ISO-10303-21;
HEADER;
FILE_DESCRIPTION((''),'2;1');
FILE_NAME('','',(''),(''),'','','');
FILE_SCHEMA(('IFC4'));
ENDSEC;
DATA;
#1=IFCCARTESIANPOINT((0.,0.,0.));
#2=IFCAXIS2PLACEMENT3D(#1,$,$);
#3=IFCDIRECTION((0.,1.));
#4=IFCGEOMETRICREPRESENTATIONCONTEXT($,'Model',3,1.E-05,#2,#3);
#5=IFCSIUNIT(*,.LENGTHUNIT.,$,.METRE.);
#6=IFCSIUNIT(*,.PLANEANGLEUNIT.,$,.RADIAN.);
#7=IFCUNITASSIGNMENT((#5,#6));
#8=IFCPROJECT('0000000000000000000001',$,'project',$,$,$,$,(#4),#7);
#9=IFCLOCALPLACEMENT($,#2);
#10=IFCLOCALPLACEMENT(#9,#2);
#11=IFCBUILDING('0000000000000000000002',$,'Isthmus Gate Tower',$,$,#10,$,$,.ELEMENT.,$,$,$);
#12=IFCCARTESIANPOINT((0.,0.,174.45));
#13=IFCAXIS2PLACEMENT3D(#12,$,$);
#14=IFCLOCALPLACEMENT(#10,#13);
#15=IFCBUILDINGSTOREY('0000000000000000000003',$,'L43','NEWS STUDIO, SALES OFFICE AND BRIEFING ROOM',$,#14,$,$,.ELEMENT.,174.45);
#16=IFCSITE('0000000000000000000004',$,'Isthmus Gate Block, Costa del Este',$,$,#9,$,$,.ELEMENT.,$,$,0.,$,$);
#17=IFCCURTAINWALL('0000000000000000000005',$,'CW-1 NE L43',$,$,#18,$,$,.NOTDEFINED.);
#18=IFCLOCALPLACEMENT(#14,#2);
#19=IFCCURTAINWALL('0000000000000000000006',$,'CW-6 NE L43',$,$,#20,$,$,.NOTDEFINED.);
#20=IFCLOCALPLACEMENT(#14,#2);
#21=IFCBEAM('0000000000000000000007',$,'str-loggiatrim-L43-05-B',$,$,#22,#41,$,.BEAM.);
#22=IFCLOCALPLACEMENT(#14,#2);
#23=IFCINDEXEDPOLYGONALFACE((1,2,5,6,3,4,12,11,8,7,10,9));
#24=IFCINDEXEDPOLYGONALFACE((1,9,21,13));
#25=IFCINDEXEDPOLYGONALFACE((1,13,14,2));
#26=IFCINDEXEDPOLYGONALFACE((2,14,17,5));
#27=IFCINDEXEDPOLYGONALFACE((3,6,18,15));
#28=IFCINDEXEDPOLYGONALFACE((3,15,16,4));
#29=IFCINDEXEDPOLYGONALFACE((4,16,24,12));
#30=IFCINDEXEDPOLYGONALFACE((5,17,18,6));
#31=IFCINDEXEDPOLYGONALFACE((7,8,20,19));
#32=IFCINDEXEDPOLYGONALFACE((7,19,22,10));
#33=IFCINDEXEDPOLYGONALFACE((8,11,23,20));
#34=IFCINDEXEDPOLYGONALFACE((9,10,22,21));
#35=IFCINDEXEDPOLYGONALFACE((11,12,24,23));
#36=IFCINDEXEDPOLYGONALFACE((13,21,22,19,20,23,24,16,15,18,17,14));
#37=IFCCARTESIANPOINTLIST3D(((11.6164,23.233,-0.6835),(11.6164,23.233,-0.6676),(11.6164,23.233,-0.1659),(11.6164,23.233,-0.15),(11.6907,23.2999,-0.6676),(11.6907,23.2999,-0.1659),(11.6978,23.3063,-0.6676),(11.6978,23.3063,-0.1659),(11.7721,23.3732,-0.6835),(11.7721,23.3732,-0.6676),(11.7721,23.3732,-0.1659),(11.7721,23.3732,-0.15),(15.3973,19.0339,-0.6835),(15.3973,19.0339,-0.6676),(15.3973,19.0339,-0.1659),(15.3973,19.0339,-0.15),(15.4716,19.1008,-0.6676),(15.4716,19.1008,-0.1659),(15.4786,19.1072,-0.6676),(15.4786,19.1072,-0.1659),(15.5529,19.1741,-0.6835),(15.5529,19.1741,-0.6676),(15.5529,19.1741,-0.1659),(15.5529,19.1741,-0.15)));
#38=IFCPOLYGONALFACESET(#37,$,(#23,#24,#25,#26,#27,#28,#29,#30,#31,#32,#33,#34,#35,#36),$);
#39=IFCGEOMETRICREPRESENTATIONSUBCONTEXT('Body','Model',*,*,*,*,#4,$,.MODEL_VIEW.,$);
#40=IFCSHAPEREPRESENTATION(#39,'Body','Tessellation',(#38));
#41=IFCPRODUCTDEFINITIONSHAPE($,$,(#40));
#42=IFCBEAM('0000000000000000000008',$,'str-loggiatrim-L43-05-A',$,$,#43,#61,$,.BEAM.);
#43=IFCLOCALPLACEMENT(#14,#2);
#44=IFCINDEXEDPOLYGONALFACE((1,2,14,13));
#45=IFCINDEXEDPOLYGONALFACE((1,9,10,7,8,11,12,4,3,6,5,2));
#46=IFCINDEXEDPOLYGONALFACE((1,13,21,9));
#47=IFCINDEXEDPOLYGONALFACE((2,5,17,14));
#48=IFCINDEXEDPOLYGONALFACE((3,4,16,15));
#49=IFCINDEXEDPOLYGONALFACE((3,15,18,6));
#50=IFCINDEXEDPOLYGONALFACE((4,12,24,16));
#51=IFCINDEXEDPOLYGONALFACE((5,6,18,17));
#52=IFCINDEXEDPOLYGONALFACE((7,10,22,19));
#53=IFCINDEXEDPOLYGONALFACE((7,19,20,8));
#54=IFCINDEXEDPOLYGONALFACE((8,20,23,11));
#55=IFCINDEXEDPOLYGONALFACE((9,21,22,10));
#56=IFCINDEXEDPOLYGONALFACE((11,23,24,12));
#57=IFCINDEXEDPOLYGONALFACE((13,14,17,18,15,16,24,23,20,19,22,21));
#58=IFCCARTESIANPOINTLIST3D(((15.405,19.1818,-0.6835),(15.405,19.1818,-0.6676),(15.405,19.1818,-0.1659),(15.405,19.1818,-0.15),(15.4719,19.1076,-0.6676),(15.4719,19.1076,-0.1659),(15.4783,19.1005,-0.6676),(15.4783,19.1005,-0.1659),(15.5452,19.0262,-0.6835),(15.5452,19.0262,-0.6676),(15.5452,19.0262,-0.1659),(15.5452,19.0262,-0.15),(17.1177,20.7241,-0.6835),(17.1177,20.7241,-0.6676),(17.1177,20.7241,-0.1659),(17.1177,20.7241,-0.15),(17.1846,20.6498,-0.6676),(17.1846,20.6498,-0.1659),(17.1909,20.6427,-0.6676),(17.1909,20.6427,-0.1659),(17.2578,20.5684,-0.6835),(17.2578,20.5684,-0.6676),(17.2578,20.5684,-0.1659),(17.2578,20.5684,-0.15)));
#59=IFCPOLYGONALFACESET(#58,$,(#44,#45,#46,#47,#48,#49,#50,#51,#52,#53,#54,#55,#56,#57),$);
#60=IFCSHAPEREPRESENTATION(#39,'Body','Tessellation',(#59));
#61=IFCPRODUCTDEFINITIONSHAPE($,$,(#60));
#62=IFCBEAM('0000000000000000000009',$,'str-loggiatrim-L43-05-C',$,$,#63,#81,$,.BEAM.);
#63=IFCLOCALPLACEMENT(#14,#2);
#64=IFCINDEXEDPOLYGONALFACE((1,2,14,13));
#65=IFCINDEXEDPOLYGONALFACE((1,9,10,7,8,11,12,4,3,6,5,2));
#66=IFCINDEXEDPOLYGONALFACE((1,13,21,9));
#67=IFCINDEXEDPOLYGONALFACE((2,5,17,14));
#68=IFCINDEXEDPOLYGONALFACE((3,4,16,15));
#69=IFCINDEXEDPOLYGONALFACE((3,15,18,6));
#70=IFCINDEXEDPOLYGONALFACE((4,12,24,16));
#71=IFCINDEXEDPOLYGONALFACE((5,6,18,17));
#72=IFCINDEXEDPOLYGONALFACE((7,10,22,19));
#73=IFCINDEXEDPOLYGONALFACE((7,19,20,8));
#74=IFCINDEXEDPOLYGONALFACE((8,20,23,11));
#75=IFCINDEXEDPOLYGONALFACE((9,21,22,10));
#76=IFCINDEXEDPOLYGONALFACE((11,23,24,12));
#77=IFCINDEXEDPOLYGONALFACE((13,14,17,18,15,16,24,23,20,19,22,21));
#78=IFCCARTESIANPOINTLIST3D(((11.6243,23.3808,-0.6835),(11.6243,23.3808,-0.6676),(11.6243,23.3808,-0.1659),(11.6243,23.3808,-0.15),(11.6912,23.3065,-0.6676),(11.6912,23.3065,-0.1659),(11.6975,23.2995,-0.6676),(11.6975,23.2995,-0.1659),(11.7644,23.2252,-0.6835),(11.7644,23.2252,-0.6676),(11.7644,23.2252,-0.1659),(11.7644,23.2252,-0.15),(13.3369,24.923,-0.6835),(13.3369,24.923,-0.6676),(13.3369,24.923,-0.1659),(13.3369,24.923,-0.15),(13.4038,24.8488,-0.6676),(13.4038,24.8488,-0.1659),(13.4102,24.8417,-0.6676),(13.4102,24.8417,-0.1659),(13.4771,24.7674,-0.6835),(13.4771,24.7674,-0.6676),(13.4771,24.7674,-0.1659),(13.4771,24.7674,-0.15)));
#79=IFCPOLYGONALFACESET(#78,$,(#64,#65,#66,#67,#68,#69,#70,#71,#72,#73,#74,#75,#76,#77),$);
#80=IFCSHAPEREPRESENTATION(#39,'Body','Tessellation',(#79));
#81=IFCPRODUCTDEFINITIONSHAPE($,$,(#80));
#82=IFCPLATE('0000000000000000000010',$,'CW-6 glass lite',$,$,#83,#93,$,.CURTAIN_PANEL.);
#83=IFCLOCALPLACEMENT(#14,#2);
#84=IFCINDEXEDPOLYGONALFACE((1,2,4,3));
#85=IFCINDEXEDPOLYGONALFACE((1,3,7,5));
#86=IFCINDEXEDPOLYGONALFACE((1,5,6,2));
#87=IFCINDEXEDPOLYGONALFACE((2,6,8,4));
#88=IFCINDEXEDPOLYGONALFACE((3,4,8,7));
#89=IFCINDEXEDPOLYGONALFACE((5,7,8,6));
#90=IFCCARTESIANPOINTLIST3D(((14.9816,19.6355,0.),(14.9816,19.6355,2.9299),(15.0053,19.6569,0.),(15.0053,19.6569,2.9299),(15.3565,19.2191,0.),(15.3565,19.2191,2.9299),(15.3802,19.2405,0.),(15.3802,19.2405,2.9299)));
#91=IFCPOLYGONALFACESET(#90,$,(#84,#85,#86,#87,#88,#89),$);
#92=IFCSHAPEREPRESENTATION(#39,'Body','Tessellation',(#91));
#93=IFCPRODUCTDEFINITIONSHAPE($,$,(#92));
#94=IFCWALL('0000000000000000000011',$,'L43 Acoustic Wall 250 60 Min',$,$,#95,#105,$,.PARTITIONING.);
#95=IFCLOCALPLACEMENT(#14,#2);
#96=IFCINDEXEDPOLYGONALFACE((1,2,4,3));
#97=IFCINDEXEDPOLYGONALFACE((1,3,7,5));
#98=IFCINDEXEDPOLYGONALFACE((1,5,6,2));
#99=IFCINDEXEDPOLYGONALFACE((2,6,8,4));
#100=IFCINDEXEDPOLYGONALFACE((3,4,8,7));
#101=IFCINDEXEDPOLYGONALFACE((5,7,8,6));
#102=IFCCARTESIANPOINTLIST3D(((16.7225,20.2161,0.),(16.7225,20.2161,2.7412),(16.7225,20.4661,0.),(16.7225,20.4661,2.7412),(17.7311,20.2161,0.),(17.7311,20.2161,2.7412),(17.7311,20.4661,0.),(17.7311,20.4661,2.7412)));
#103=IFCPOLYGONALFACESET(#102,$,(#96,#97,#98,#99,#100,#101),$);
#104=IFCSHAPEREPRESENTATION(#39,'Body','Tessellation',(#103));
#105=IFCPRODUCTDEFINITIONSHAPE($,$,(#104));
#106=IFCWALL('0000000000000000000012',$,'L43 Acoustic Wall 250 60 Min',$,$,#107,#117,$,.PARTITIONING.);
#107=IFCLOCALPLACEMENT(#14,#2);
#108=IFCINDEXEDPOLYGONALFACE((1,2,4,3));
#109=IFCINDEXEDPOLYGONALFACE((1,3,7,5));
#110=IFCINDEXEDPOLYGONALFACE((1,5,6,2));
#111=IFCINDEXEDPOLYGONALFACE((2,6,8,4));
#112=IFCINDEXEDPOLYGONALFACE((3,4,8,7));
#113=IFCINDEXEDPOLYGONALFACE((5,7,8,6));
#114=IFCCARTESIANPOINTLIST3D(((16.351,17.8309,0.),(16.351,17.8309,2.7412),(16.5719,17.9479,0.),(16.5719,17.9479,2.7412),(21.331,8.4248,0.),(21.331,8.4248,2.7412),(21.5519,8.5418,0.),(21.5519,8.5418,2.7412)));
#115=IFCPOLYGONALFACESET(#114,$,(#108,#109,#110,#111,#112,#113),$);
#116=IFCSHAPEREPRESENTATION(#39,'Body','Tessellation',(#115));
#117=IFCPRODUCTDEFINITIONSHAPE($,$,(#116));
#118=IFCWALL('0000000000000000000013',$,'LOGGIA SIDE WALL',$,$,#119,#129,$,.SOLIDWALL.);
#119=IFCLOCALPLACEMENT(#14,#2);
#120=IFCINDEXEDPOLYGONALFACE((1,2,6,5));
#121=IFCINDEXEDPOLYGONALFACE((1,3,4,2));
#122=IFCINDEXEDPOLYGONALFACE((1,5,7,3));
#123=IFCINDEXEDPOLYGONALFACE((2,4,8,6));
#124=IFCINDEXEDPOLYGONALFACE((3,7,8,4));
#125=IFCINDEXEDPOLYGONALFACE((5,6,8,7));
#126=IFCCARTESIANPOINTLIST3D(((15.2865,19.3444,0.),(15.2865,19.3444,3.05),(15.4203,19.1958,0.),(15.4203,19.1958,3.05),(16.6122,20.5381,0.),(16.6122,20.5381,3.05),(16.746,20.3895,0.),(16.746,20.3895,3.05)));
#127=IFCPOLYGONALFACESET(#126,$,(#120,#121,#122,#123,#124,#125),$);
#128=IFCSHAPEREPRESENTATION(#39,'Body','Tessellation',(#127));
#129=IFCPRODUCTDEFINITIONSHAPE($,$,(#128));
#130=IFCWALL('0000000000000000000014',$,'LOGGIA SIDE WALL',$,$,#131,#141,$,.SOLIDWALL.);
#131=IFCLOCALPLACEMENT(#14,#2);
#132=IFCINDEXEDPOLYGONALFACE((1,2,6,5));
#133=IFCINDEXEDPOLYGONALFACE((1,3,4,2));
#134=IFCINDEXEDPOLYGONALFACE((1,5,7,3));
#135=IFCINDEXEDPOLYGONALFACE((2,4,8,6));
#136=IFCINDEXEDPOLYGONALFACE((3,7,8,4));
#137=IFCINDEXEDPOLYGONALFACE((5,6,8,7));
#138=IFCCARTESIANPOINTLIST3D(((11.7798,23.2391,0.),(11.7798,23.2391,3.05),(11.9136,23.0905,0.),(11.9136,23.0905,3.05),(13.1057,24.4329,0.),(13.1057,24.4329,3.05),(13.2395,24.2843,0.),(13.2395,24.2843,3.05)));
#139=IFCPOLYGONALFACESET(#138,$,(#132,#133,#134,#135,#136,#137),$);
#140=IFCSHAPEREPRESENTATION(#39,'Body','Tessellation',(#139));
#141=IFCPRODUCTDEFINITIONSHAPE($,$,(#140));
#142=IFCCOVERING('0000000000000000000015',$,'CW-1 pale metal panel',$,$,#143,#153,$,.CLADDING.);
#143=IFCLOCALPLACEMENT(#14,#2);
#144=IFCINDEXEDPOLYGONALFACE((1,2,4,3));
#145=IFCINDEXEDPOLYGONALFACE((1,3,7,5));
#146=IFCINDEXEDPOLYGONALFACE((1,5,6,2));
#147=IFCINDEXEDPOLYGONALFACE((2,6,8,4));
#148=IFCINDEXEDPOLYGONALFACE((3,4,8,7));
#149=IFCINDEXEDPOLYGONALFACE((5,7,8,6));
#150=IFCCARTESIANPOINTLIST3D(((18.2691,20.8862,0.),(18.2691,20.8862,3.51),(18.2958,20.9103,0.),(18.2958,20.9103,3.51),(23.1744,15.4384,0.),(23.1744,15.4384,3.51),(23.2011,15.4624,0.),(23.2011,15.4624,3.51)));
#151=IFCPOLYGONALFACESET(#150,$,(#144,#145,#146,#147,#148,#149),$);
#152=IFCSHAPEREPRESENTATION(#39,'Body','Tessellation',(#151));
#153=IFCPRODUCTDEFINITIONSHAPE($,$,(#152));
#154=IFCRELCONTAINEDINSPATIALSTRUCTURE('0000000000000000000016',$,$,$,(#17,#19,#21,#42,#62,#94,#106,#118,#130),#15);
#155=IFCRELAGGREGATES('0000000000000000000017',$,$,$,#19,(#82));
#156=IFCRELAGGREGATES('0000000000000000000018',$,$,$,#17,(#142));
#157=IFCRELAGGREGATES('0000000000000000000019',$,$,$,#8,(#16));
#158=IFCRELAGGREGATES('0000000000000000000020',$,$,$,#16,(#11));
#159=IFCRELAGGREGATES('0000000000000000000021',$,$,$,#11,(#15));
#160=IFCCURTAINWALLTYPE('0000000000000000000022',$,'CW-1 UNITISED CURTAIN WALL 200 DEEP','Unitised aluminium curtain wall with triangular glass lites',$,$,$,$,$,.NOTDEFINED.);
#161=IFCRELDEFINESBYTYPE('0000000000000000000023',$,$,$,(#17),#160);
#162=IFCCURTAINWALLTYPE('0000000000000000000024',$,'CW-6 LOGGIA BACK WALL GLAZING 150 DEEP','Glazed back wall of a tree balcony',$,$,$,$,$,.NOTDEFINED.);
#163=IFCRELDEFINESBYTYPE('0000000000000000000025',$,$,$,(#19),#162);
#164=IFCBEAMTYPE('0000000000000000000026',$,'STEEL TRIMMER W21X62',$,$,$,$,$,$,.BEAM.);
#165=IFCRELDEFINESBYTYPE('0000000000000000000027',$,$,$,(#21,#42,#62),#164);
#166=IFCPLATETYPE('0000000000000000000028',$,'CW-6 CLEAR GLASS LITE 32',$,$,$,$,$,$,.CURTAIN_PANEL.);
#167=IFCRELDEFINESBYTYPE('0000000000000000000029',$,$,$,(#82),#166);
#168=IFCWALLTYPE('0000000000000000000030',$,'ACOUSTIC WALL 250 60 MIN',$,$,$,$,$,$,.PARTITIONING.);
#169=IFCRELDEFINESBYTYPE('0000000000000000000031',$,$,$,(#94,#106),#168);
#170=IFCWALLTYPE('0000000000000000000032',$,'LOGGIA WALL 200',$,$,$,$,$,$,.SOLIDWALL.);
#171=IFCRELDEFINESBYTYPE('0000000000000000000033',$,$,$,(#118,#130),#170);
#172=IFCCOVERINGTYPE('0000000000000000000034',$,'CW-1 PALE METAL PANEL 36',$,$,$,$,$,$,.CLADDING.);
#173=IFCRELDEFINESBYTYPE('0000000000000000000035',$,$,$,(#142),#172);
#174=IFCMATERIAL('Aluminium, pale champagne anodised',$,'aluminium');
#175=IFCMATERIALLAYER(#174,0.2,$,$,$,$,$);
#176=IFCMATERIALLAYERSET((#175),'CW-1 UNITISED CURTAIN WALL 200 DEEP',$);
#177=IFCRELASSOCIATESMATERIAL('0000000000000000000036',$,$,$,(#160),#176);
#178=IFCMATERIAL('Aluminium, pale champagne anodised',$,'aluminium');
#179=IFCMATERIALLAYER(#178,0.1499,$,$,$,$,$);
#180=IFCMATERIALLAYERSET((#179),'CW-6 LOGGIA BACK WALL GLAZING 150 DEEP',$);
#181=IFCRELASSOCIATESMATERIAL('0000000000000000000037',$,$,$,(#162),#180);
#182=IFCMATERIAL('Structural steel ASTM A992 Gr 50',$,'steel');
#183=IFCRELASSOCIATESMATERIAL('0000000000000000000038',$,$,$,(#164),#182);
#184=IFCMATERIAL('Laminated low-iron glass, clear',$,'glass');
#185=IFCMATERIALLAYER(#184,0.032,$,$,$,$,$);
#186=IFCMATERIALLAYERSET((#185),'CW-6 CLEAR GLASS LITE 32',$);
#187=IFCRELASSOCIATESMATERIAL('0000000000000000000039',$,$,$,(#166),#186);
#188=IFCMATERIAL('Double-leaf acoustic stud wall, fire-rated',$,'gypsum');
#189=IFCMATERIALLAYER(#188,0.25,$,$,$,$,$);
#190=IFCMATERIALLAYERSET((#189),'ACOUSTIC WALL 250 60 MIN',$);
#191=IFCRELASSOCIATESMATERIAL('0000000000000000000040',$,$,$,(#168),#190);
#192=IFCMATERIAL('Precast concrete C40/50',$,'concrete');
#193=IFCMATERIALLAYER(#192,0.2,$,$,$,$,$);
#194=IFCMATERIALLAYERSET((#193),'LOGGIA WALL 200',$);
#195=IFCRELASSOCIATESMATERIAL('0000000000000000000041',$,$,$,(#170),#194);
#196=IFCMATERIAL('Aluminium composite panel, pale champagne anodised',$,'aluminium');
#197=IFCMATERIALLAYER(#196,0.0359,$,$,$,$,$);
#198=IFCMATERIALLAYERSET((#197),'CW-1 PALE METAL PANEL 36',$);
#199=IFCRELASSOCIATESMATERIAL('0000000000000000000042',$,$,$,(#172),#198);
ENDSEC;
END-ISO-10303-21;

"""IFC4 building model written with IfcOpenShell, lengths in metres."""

from ifc_helpers import new_model, si_unit, direction, frame, frame_2d, origin, origin_2d, place, context, subcontext, project, spatial, rectangle, i_section, extrude, material, layer, layer_set, material_profile, profile_set, type_object, element, aggregate, save


model = new_model("IFC4")

# Units and contexts
model_context = context("Model", 3, precision=1e-05, world=origin(), true_north=direction((0.0, 1.0)))
body_context = subcontext(model_context, "Body", "Model", "MODEL_VIEW")
ifc_project = project(units=[si_unit("LENGTHUNIT", "METRE"), si_unit("PLANEANGLEUNIT", "RADIAN")], contexts=[model_context])

# Site, building, storey
site_placement = place(None, origin())
site = spatial("IfcSite", under=ifc_project, at=site_placement, Name="Isthmus Gate Block, Costa del Este", CompositionType="ELEMENT", RefElevation=0.0)
building_placement = place(site_placement, origin())
building = spatial("IfcBuilding", under=site, at=building_placement, Name="Isthmus Gate Tower", CompositionType="ELEMENT")
storey_placement = place(building_placement, frame((0.0, 0.0, 174.45)))
storey = spatial("IfcBuildingStorey", under=building, at=storey_placement, Name="L43", Description="NEWS STUDIO, SALES OFFICE AND BRIEFING ROOM", CompositionType="ELEMENT", Elevation=174.45)

# Curtain wall
ifc_material_1 = material(Name="Aluminium, pale champagne anodised", Category="aluminium")
ifc_layer_1 = layer(ifc_material_1, 0.2)
ifc_layer_set_1 = layer_set([ifc_layer_1], Name="CW-1 UNITISED CURTAIN WALL 200 DEEP")
curtain_wall_type_1 = type_object("IfcCurtainWallType", Name="CW-1 UNITISED CURTAIN WALL 200 DEEP", Description="Unitised aluminium curtain wall with triangular glass lites", PredefinedType="NOTDEFINED", material=ifc_layer_set_1)
curtain_wall_1_placement = place(storey_placement, origin())
curtain_wall_1 = element("IfcCurtainWall", 1, at=curtain_wall_1_placement, inside=storey, type_object=curtain_wall_type_1, Name="CW-1 NE L43", PredefinedType="NOTDEFINED")

# Curtain wall
ifc_material_2 = material(Name="Aluminium, pale champagne anodised", Category="aluminium")
ifc_layer_2 = layer(ifc_material_2, 0.1499)
ifc_layer_set_2 = layer_set([ifc_layer_2], Name="CW-6 LOGGIA BACK WALL GLAZING 150 DEEP")
curtain_wall_type_2 = type_object("IfcCurtainWallType", Name="CW-6 LOGGIA BACK WALL GLAZING 150 DEEP", Description="Glazed back wall of a tree balcony", PredefinedType="NOTDEFINED", material=ifc_layer_set_2)
curtain_wall_2_placement = place(storey_placement, origin())
curtain_wall_2 = element("IfcCurtainWall", 2, at=curtain_wall_2_placement, inside=storey, type_object=curtain_wall_type_2, Name="CW-6 NE L43", PredefinedType="NOTDEFINED")

# Beams
ifc_material_3 = material(Name="Structural steel ASTM A992 Gr 50", Category="steel")
ifc_material_profile_1 = material_profile(ifc_material_3, i_section(OverallWidth=0.2095, OverallDepth=0.5334, WebThickness=0.0095, FlangeThickness=0.0159, at=origin_2d()), Name="W21X62")
ifc_profile_set_1 = profile_set([ifc_material_profile_1], Name="Structural steel ASTM A992 Gr 50")
beam_type_1 = type_object("IfcBeamType", Name="STEEL TRIMMER W21X62", PredefinedType="BEAM", material=ifc_profile_set_1)
beam_1_placement = place(storey_placement, frame((15.4751, 19.104, -0.4167), z_axis=(-0.669129, 0.743146, 0.0), x_axis=(-0.743146, -0.669129, 0.0)))
element("IfcBeam", 3, at=beam_1_placement, inside=storey, type_object=beam_type_1, Name="str-loggiatrim-L43-05-B", PredefinedType="BEAM", context=body_context, shape_type="SweptSolid", body=[
    extrude(i_section(OverallWidth=0.2095, OverallDepth=0.5334, WebThickness=0.0095, FlangeThickness=0.0159, at=origin_2d()), origin(), (0.0, 0.0, 1.0), 5.6504),
])
for number, where, z_axis, x_axis, name in (
    (4, (17.1877, 20.6462, -0.4167), (-0.74311, -0.66917, 0.0), (0.66917, -0.74311, 0.0), "str-loggiatrim-L43-05-A"),
    (5, (13.407, 24.8452, -0.4167), (-0.74311, -0.66917, 0.0), (0.66917, -0.74311, 0.0), "str-loggiatrim-L43-05-C"),
):
    element("IfcBeam", number, at=place(storey_placement, frame(where, z_axis=z_axis, x_axis=x_axis)), inside=storey, type_object=beam_type_1, Name=name, PredefinedType="BEAM", context=body_context, shape_type="SweptSolid", body=[
        extrude(i_section(OverallWidth=0.2095, OverallDepth=0.5334, WebThickness=0.0095, FlangeThickness=0.0159, at=origin_2d()), origin(), (0.0, 0.0, 1.0), 2.3047),
    ])

# Plate
ifc_material_4 = material(Name="Laminated low-iron glass, clear", Category="glass")
ifc_layer_3 = layer(ifc_material_4, 0.032)
ifc_layer_set_3 = layer_set([ifc_layer_3], Name="CW-6 CLEAR GLASS LITE 32")
plate_type = type_object("IfcPlateType", Name="CW-6 CLEAR GLASS LITE 32", PredefinedType="CURTAIN_PANEL", material=ifc_layer_set_3)
plate_placement = place(storey_placement, frame((15.1809, 19.438, 0.0), z_axis=(0.0, 0.0, 1.0), x_axis=(-0.669131, 0.743145, 0.0)))
plate = element("IfcPlate", 6, at=plate_placement, type_object=plate_type, Name="CW-6 glass lite", PredefinedType="CURTAIN_PANEL", context=body_context, shape_type="SweptSolid", body=[
    extrude(rectangle(XDim=0.5603, YDim=0.032, at=origin_2d()), origin(), (0.0, 0.0, 1.0), 2.9299),
])
aggregate(curtain_wall_2, [plate])

# Walls
ifc_material_5 = material(Name="Double-leaf acoustic stud wall, fire-rated", Category="gypsum")
ifc_layer_4 = layer(ifc_material_5, 0.25)
ifc_layer_set_4 = layer_set([ifc_layer_4], Name="ACOUSTIC WALL 250 60 MIN")
wall_type_1 = type_object("IfcWallType", Name="ACOUSTIC WALL 250 60 MIN", PredefinedType="PARTITIONING", material=ifc_layer_set_4)
wall_1_placement = place(storey_placement, frame((16.7224, 20.3411, 0.0), z_axis=(0.0, 0.0, 1.0), x_axis=(1.0, 0.0, 0.0)))
element("IfcWall", 7, at=wall_1_placement, inside=storey, type_object=wall_type_1, Name="L43 Acoustic Wall 250 60 Min", PredefinedType="PARTITIONING", context=body_context, shape_type="SweptSolid", body=[
    extrude(rectangle(XDim=1.0085, YDim=0.25, at=frame_2d((0.5044, 0.0))), origin(), (0.0, 0.0, 1.0), 2.7412),
])
wall_2_placement = place(storey_placement, frame((16.4614, 17.8894, 0.0), z_axis=(0.0, 0.0, 1.0), x_axis=(0.467912, -0.883775, 0.0)))
element("IfcWall", 8, at=wall_2_placement, inside=storey, type_object=wall_type_1, Name="L43 Acoustic Wall 250 60 Min", PredefinedType="PARTITIONING", context=body_context, shape_type="SweptSolid", body=[
    extrude(rectangle(XDim=10.6431, YDim=0.25, at=frame_2d((5.3215, 0.0))), origin(), (0.0, 0.0, 1.0), 2.7412),
])

# Shared definitions
ifc_material_6 = material(Name="Precast concrete C40/50", Category="concrete")
ifc_layer_5 = layer(ifc_material_6, 0.2)
ifc_layer_set_5 = layer_set([ifc_layer_5], Name="LOGGIA WALL 200")
wall_type_2 = type_object("IfcWallType", Name="LOGGIA WALL 200", PredefinedType="SOLIDWALL", material=ifc_layer_set_5)

# Walls
wall_3_placement = place(storey_placement, frame((16.6792, 20.4639, 0.0), z_axis=(0.0, 0.0, 1.0), x_axis=(-0.743158, -0.669116, 0.0)))
element("IfcWall", 9, at=wall_3_placement, inside=storey, type_object=wall_type_2, Name="LOGGIA SIDE WALL", PredefinedType="SOLIDWALL", context=body_context, shape_type="SweptSolid", body=[
    extrude(rectangle(XDim=1.7839, YDim=0.2, at=frame_2d((0.8921, 0.0))), origin(), (0.0, 0.0, 1.0), 3.05),
])
wall_4_placement = place(storey_placement, frame((13.1726, 24.3586, 0.0), z_axis=(0.0, 0.0, 1.0), x_axis=(-0.743151, -0.669123, 0.0)))
element("IfcWall", 10, at=wall_4_placement, inside=storey, type_object=wall_type_2, Name="LOGGIA SIDE WALL", PredefinedType="SOLIDWALL", context=body_context, shape_type="SweptSolid", body=[
    extrude(rectangle(XDim=1.7842, YDim=0.2, at=frame_2d((0.8921, 0.0))), origin(), (0.0, 0.0, 1.0), 3.05),
])

# Covering
ifc_material_7 = material(Name="Aluminium composite panel, pale champagne anodised", Category="aluminium")
ifc_layer_6 = layer(ifc_material_7, 0.0359)
ifc_layer_set_6 = layer_set([ifc_layer_6], Name="CW-1 PALE METAL PANEL 36")
covering_type = type_object("IfcCoveringType", Name="CW-1 PALE METAL PANEL 36", PredefinedType="CLADDING", material=ifc_layer_set_6)
covering_placement = place(storey_placement, frame((20.7351, 18.1743, 0.0), z_axis=(0.0, 0.0, 1.0), x_axis=(-0.669131, 0.743145, 0.0)))
covering = element("IfcCovering", 11, at=covering_placement, type_object=covering_type, Name="CW-1 pale metal panel", PredefinedType="CLADDING", context=body_context, shape_type="SweptSolid", body=[
    extrude(rectangle(XDim=7.3308, YDim=0.0359, at=origin_2d()), origin(), (0.0, 0.0, 1.0), 3.51),
])
aggregate(curtain_wall_1, [covering])

save(model, "model.ifc")
